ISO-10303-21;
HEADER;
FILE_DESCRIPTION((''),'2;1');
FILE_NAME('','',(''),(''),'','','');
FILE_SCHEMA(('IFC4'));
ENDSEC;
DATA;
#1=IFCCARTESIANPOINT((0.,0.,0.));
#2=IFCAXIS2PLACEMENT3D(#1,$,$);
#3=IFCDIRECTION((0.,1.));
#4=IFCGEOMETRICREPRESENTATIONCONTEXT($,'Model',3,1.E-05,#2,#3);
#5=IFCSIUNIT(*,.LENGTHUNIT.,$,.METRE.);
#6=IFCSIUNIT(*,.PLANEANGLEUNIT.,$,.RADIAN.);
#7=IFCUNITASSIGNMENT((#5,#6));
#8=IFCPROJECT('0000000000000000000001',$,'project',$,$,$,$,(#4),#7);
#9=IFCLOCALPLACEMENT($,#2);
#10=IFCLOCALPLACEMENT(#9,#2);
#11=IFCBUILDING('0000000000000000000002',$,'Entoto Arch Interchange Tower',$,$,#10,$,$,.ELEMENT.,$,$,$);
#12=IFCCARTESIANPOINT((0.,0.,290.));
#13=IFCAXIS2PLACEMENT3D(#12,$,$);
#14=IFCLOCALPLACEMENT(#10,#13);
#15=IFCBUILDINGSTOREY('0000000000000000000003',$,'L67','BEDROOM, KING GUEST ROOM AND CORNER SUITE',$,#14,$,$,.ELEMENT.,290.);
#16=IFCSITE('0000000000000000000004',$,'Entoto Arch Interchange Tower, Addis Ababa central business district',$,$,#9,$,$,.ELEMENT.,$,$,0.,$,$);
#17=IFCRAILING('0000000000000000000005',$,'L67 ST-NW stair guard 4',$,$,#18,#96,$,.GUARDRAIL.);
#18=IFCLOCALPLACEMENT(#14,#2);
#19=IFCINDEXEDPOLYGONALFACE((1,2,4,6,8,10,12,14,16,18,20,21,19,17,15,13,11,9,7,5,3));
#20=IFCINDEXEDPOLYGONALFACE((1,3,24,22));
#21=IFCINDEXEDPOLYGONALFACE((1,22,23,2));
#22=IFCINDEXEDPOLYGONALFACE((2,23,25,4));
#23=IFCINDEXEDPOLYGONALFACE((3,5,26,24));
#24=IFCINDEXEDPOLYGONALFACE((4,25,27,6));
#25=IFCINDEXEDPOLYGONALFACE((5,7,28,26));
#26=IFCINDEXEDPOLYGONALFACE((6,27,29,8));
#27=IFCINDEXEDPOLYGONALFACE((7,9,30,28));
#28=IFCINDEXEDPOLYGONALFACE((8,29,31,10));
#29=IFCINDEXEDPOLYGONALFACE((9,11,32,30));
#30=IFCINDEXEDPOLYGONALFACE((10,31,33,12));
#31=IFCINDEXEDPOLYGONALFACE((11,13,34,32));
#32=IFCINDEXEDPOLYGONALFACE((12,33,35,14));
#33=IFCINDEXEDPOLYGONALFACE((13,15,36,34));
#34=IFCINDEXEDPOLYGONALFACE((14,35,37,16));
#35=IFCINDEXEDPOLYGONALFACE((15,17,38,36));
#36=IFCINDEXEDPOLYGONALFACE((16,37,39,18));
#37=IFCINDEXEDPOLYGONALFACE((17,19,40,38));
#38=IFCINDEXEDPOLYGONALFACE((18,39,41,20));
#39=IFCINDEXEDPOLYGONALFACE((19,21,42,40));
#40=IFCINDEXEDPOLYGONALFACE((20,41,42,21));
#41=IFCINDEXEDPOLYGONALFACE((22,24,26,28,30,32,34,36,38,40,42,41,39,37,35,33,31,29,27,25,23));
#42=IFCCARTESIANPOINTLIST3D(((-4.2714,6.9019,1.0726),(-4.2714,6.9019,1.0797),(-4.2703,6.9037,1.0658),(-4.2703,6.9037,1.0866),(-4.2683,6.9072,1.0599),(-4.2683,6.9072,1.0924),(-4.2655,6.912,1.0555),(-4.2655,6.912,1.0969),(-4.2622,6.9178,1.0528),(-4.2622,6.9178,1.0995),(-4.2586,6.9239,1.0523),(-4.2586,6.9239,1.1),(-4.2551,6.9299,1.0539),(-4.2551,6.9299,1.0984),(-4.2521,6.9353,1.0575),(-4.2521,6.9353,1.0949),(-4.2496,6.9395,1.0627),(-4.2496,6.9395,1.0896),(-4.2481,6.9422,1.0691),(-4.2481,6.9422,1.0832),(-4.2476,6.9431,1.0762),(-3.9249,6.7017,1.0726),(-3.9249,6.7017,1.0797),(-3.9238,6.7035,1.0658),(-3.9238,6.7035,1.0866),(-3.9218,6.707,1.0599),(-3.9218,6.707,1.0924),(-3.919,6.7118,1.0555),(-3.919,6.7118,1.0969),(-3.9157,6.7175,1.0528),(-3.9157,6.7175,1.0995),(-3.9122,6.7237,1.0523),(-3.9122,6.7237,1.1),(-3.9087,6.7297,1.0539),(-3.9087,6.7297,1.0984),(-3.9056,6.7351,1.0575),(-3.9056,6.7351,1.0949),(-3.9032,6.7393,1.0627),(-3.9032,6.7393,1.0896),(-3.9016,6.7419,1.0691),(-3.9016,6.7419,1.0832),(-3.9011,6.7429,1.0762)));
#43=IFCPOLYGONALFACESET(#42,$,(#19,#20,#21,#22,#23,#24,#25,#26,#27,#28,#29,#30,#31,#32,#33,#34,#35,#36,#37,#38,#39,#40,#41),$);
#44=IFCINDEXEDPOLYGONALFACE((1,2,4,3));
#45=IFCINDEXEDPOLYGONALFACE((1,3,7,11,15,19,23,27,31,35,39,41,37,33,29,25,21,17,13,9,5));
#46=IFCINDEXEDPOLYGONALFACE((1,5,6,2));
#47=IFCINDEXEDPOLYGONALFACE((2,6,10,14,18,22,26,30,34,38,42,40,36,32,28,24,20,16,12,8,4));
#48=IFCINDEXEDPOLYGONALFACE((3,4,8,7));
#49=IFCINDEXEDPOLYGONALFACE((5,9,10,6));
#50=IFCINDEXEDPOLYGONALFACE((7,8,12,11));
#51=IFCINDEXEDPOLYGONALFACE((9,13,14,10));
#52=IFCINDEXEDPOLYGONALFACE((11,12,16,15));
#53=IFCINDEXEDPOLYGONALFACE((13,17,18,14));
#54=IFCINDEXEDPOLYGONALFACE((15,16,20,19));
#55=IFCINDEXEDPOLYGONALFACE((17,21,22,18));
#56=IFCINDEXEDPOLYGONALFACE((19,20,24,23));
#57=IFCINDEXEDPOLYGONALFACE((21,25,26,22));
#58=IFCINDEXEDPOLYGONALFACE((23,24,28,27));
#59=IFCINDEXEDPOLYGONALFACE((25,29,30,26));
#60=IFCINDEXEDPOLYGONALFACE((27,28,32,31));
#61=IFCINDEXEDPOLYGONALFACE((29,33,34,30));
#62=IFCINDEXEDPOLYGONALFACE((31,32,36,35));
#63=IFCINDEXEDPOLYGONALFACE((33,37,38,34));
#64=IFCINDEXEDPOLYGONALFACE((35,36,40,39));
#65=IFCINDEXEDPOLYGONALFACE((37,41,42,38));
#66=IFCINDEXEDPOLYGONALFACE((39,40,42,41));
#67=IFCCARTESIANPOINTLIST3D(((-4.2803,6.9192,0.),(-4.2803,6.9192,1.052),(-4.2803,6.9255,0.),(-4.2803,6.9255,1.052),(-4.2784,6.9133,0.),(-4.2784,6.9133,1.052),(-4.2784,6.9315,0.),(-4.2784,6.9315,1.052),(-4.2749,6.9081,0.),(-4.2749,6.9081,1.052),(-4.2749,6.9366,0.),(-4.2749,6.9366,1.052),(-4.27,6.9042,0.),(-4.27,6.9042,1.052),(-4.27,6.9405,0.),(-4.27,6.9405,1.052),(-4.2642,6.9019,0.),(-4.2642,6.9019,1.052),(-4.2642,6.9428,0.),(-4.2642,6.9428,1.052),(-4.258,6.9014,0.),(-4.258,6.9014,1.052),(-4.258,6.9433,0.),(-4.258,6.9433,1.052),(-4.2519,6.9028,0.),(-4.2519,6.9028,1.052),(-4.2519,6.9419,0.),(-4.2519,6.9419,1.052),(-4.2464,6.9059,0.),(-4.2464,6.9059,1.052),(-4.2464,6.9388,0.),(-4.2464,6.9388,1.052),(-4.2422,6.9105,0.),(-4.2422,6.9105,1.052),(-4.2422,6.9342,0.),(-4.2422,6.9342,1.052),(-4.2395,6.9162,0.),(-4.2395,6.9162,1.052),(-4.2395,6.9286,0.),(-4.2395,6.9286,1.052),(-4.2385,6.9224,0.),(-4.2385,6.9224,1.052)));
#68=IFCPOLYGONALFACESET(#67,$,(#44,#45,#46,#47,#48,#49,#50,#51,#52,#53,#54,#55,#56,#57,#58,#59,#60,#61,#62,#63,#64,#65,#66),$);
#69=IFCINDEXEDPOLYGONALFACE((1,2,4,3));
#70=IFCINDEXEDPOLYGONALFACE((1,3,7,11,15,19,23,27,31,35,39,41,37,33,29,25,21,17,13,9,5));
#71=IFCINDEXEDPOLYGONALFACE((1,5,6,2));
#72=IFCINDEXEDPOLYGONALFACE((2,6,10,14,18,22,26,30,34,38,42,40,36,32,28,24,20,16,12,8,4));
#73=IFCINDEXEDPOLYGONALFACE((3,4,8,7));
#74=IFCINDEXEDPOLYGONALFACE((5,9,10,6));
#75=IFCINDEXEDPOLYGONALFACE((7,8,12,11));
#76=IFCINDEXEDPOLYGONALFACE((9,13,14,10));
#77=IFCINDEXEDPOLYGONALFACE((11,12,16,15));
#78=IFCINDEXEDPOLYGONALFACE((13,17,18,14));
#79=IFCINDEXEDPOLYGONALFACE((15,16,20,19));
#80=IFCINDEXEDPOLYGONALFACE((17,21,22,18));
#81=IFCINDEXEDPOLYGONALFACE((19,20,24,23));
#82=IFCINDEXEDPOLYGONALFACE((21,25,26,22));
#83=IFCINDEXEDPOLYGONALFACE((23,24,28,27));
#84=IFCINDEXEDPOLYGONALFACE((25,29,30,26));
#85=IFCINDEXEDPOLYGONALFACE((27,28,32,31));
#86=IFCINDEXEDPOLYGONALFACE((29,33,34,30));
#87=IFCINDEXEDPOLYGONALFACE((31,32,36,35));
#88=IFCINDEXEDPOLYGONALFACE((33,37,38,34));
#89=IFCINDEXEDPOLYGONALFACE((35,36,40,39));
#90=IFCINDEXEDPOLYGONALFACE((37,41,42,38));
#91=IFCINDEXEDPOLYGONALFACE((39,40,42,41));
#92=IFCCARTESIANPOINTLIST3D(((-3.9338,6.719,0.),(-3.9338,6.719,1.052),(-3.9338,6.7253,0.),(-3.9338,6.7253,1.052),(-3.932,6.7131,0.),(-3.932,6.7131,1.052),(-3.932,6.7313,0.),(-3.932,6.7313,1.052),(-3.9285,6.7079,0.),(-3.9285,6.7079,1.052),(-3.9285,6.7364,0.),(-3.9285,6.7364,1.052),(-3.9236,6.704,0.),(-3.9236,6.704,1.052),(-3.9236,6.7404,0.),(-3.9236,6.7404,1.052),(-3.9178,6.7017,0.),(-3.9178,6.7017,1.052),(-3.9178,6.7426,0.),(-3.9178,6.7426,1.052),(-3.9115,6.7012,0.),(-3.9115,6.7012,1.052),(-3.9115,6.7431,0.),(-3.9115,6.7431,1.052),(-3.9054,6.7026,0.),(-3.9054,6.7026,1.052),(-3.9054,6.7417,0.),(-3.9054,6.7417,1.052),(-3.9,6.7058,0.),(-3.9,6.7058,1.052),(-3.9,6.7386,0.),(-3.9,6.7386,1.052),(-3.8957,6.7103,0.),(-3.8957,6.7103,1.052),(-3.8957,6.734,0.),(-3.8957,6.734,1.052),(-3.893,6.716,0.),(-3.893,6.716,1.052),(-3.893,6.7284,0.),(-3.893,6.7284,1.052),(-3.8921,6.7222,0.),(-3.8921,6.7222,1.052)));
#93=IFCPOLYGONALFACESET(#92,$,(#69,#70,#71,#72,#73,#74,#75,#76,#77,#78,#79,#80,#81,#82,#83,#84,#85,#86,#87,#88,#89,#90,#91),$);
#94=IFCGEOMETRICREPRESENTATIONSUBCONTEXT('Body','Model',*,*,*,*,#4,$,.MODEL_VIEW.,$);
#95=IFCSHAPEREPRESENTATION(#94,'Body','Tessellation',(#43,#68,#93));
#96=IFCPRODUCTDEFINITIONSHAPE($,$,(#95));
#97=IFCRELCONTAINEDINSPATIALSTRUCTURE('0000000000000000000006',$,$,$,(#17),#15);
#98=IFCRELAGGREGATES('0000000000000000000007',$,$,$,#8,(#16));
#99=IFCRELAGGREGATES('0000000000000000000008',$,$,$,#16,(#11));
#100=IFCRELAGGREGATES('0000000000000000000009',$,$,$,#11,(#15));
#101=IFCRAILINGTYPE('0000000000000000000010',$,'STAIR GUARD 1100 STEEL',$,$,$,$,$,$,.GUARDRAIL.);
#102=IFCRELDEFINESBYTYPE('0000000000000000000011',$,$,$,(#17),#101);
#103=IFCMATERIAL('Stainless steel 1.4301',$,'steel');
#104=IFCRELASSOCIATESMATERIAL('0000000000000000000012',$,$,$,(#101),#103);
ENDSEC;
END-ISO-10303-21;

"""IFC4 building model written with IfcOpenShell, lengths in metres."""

from ifc_helpers import new_model, si_unit, direction, frame, origin, origin_2d, place, context, subcontext, project, spatial, circle, extrude, material, type_object, element, save


model = new_model("IFC4")

# Units and contexts
model_context = context("Model", 3, precision=1e-05, world=origin(), true_north=direction((0.0, 1.0)))
body_context = subcontext(model_context, "Body", "Model", "MODEL_VIEW")
ifc_project = project(units=[si_unit("LENGTHUNIT", "METRE"), si_unit("PLANEANGLEUNIT", "RADIAN")], contexts=[model_context])

# Site, building, storey
site_placement = place(None, origin())
site = spatial("IfcSite", under=ifc_project, at=site_placement, Name="Entoto Arch Interchange Tower, Addis Ababa central business district", CompositionType="ELEMENT", RefElevation=0.0)
building_placement = place(site_placement, origin())
building = spatial("IfcBuilding", under=site, at=building_placement, Name="Entoto Arch Interchange Tower", CompositionType="ELEMENT")
storey_placement = place(building_placement, frame((0.0, 0.0, 290.0)))
storey = spatial("IfcBuildingStorey", under=building, at=storey_placement, Name="L67", Description="BEDROOM, KING GUEST ROOM AND CORNER SUITE", CompositionType="ELEMENT", Elevation=290.0)

# Railing
ifc_material_1 = material(Name="Stainless steel 1.4301", Category="steel")
railing_type_1 = type_object("IfcRailingType", Name="STAIR GUARD 1100 STEEL", PredefinedType="GUARDRAIL", material=ifc_material_1)
railing_1_placement = place(storey_placement, frame((-4.2595, 6.9224, 0.0)))
element("IfcRailing", 1, at=railing_1_placement, inside=storey, type_object=railing_type_1, Name="L67 ST-NW stair guard 4", PredefinedType="GUARDRAIL", context=body_context, shape_type="SweptSolid", body=[
    extrude(circle(Radius=0.0239, at=origin_2d()), frame((0.0, 0.0, 1.0762), z_axis=(0.86583, -0.500339, 0.0), x_axis=(0.500339, 0.86583, 0.0)), (0.0, 0.0, 1.0), 0.4001),
    extrude(circle(Radius=0.021, at=origin_2d()), origin(), (0.0, 0.0, 1.0), 1.052),
    extrude(circle(Radius=0.021, at=origin_2d()), frame((0.3464, -0.2002, 0.0)), (0.0, 0.0, 1.0), 1.052),
])

save(model, "model.ifc")
